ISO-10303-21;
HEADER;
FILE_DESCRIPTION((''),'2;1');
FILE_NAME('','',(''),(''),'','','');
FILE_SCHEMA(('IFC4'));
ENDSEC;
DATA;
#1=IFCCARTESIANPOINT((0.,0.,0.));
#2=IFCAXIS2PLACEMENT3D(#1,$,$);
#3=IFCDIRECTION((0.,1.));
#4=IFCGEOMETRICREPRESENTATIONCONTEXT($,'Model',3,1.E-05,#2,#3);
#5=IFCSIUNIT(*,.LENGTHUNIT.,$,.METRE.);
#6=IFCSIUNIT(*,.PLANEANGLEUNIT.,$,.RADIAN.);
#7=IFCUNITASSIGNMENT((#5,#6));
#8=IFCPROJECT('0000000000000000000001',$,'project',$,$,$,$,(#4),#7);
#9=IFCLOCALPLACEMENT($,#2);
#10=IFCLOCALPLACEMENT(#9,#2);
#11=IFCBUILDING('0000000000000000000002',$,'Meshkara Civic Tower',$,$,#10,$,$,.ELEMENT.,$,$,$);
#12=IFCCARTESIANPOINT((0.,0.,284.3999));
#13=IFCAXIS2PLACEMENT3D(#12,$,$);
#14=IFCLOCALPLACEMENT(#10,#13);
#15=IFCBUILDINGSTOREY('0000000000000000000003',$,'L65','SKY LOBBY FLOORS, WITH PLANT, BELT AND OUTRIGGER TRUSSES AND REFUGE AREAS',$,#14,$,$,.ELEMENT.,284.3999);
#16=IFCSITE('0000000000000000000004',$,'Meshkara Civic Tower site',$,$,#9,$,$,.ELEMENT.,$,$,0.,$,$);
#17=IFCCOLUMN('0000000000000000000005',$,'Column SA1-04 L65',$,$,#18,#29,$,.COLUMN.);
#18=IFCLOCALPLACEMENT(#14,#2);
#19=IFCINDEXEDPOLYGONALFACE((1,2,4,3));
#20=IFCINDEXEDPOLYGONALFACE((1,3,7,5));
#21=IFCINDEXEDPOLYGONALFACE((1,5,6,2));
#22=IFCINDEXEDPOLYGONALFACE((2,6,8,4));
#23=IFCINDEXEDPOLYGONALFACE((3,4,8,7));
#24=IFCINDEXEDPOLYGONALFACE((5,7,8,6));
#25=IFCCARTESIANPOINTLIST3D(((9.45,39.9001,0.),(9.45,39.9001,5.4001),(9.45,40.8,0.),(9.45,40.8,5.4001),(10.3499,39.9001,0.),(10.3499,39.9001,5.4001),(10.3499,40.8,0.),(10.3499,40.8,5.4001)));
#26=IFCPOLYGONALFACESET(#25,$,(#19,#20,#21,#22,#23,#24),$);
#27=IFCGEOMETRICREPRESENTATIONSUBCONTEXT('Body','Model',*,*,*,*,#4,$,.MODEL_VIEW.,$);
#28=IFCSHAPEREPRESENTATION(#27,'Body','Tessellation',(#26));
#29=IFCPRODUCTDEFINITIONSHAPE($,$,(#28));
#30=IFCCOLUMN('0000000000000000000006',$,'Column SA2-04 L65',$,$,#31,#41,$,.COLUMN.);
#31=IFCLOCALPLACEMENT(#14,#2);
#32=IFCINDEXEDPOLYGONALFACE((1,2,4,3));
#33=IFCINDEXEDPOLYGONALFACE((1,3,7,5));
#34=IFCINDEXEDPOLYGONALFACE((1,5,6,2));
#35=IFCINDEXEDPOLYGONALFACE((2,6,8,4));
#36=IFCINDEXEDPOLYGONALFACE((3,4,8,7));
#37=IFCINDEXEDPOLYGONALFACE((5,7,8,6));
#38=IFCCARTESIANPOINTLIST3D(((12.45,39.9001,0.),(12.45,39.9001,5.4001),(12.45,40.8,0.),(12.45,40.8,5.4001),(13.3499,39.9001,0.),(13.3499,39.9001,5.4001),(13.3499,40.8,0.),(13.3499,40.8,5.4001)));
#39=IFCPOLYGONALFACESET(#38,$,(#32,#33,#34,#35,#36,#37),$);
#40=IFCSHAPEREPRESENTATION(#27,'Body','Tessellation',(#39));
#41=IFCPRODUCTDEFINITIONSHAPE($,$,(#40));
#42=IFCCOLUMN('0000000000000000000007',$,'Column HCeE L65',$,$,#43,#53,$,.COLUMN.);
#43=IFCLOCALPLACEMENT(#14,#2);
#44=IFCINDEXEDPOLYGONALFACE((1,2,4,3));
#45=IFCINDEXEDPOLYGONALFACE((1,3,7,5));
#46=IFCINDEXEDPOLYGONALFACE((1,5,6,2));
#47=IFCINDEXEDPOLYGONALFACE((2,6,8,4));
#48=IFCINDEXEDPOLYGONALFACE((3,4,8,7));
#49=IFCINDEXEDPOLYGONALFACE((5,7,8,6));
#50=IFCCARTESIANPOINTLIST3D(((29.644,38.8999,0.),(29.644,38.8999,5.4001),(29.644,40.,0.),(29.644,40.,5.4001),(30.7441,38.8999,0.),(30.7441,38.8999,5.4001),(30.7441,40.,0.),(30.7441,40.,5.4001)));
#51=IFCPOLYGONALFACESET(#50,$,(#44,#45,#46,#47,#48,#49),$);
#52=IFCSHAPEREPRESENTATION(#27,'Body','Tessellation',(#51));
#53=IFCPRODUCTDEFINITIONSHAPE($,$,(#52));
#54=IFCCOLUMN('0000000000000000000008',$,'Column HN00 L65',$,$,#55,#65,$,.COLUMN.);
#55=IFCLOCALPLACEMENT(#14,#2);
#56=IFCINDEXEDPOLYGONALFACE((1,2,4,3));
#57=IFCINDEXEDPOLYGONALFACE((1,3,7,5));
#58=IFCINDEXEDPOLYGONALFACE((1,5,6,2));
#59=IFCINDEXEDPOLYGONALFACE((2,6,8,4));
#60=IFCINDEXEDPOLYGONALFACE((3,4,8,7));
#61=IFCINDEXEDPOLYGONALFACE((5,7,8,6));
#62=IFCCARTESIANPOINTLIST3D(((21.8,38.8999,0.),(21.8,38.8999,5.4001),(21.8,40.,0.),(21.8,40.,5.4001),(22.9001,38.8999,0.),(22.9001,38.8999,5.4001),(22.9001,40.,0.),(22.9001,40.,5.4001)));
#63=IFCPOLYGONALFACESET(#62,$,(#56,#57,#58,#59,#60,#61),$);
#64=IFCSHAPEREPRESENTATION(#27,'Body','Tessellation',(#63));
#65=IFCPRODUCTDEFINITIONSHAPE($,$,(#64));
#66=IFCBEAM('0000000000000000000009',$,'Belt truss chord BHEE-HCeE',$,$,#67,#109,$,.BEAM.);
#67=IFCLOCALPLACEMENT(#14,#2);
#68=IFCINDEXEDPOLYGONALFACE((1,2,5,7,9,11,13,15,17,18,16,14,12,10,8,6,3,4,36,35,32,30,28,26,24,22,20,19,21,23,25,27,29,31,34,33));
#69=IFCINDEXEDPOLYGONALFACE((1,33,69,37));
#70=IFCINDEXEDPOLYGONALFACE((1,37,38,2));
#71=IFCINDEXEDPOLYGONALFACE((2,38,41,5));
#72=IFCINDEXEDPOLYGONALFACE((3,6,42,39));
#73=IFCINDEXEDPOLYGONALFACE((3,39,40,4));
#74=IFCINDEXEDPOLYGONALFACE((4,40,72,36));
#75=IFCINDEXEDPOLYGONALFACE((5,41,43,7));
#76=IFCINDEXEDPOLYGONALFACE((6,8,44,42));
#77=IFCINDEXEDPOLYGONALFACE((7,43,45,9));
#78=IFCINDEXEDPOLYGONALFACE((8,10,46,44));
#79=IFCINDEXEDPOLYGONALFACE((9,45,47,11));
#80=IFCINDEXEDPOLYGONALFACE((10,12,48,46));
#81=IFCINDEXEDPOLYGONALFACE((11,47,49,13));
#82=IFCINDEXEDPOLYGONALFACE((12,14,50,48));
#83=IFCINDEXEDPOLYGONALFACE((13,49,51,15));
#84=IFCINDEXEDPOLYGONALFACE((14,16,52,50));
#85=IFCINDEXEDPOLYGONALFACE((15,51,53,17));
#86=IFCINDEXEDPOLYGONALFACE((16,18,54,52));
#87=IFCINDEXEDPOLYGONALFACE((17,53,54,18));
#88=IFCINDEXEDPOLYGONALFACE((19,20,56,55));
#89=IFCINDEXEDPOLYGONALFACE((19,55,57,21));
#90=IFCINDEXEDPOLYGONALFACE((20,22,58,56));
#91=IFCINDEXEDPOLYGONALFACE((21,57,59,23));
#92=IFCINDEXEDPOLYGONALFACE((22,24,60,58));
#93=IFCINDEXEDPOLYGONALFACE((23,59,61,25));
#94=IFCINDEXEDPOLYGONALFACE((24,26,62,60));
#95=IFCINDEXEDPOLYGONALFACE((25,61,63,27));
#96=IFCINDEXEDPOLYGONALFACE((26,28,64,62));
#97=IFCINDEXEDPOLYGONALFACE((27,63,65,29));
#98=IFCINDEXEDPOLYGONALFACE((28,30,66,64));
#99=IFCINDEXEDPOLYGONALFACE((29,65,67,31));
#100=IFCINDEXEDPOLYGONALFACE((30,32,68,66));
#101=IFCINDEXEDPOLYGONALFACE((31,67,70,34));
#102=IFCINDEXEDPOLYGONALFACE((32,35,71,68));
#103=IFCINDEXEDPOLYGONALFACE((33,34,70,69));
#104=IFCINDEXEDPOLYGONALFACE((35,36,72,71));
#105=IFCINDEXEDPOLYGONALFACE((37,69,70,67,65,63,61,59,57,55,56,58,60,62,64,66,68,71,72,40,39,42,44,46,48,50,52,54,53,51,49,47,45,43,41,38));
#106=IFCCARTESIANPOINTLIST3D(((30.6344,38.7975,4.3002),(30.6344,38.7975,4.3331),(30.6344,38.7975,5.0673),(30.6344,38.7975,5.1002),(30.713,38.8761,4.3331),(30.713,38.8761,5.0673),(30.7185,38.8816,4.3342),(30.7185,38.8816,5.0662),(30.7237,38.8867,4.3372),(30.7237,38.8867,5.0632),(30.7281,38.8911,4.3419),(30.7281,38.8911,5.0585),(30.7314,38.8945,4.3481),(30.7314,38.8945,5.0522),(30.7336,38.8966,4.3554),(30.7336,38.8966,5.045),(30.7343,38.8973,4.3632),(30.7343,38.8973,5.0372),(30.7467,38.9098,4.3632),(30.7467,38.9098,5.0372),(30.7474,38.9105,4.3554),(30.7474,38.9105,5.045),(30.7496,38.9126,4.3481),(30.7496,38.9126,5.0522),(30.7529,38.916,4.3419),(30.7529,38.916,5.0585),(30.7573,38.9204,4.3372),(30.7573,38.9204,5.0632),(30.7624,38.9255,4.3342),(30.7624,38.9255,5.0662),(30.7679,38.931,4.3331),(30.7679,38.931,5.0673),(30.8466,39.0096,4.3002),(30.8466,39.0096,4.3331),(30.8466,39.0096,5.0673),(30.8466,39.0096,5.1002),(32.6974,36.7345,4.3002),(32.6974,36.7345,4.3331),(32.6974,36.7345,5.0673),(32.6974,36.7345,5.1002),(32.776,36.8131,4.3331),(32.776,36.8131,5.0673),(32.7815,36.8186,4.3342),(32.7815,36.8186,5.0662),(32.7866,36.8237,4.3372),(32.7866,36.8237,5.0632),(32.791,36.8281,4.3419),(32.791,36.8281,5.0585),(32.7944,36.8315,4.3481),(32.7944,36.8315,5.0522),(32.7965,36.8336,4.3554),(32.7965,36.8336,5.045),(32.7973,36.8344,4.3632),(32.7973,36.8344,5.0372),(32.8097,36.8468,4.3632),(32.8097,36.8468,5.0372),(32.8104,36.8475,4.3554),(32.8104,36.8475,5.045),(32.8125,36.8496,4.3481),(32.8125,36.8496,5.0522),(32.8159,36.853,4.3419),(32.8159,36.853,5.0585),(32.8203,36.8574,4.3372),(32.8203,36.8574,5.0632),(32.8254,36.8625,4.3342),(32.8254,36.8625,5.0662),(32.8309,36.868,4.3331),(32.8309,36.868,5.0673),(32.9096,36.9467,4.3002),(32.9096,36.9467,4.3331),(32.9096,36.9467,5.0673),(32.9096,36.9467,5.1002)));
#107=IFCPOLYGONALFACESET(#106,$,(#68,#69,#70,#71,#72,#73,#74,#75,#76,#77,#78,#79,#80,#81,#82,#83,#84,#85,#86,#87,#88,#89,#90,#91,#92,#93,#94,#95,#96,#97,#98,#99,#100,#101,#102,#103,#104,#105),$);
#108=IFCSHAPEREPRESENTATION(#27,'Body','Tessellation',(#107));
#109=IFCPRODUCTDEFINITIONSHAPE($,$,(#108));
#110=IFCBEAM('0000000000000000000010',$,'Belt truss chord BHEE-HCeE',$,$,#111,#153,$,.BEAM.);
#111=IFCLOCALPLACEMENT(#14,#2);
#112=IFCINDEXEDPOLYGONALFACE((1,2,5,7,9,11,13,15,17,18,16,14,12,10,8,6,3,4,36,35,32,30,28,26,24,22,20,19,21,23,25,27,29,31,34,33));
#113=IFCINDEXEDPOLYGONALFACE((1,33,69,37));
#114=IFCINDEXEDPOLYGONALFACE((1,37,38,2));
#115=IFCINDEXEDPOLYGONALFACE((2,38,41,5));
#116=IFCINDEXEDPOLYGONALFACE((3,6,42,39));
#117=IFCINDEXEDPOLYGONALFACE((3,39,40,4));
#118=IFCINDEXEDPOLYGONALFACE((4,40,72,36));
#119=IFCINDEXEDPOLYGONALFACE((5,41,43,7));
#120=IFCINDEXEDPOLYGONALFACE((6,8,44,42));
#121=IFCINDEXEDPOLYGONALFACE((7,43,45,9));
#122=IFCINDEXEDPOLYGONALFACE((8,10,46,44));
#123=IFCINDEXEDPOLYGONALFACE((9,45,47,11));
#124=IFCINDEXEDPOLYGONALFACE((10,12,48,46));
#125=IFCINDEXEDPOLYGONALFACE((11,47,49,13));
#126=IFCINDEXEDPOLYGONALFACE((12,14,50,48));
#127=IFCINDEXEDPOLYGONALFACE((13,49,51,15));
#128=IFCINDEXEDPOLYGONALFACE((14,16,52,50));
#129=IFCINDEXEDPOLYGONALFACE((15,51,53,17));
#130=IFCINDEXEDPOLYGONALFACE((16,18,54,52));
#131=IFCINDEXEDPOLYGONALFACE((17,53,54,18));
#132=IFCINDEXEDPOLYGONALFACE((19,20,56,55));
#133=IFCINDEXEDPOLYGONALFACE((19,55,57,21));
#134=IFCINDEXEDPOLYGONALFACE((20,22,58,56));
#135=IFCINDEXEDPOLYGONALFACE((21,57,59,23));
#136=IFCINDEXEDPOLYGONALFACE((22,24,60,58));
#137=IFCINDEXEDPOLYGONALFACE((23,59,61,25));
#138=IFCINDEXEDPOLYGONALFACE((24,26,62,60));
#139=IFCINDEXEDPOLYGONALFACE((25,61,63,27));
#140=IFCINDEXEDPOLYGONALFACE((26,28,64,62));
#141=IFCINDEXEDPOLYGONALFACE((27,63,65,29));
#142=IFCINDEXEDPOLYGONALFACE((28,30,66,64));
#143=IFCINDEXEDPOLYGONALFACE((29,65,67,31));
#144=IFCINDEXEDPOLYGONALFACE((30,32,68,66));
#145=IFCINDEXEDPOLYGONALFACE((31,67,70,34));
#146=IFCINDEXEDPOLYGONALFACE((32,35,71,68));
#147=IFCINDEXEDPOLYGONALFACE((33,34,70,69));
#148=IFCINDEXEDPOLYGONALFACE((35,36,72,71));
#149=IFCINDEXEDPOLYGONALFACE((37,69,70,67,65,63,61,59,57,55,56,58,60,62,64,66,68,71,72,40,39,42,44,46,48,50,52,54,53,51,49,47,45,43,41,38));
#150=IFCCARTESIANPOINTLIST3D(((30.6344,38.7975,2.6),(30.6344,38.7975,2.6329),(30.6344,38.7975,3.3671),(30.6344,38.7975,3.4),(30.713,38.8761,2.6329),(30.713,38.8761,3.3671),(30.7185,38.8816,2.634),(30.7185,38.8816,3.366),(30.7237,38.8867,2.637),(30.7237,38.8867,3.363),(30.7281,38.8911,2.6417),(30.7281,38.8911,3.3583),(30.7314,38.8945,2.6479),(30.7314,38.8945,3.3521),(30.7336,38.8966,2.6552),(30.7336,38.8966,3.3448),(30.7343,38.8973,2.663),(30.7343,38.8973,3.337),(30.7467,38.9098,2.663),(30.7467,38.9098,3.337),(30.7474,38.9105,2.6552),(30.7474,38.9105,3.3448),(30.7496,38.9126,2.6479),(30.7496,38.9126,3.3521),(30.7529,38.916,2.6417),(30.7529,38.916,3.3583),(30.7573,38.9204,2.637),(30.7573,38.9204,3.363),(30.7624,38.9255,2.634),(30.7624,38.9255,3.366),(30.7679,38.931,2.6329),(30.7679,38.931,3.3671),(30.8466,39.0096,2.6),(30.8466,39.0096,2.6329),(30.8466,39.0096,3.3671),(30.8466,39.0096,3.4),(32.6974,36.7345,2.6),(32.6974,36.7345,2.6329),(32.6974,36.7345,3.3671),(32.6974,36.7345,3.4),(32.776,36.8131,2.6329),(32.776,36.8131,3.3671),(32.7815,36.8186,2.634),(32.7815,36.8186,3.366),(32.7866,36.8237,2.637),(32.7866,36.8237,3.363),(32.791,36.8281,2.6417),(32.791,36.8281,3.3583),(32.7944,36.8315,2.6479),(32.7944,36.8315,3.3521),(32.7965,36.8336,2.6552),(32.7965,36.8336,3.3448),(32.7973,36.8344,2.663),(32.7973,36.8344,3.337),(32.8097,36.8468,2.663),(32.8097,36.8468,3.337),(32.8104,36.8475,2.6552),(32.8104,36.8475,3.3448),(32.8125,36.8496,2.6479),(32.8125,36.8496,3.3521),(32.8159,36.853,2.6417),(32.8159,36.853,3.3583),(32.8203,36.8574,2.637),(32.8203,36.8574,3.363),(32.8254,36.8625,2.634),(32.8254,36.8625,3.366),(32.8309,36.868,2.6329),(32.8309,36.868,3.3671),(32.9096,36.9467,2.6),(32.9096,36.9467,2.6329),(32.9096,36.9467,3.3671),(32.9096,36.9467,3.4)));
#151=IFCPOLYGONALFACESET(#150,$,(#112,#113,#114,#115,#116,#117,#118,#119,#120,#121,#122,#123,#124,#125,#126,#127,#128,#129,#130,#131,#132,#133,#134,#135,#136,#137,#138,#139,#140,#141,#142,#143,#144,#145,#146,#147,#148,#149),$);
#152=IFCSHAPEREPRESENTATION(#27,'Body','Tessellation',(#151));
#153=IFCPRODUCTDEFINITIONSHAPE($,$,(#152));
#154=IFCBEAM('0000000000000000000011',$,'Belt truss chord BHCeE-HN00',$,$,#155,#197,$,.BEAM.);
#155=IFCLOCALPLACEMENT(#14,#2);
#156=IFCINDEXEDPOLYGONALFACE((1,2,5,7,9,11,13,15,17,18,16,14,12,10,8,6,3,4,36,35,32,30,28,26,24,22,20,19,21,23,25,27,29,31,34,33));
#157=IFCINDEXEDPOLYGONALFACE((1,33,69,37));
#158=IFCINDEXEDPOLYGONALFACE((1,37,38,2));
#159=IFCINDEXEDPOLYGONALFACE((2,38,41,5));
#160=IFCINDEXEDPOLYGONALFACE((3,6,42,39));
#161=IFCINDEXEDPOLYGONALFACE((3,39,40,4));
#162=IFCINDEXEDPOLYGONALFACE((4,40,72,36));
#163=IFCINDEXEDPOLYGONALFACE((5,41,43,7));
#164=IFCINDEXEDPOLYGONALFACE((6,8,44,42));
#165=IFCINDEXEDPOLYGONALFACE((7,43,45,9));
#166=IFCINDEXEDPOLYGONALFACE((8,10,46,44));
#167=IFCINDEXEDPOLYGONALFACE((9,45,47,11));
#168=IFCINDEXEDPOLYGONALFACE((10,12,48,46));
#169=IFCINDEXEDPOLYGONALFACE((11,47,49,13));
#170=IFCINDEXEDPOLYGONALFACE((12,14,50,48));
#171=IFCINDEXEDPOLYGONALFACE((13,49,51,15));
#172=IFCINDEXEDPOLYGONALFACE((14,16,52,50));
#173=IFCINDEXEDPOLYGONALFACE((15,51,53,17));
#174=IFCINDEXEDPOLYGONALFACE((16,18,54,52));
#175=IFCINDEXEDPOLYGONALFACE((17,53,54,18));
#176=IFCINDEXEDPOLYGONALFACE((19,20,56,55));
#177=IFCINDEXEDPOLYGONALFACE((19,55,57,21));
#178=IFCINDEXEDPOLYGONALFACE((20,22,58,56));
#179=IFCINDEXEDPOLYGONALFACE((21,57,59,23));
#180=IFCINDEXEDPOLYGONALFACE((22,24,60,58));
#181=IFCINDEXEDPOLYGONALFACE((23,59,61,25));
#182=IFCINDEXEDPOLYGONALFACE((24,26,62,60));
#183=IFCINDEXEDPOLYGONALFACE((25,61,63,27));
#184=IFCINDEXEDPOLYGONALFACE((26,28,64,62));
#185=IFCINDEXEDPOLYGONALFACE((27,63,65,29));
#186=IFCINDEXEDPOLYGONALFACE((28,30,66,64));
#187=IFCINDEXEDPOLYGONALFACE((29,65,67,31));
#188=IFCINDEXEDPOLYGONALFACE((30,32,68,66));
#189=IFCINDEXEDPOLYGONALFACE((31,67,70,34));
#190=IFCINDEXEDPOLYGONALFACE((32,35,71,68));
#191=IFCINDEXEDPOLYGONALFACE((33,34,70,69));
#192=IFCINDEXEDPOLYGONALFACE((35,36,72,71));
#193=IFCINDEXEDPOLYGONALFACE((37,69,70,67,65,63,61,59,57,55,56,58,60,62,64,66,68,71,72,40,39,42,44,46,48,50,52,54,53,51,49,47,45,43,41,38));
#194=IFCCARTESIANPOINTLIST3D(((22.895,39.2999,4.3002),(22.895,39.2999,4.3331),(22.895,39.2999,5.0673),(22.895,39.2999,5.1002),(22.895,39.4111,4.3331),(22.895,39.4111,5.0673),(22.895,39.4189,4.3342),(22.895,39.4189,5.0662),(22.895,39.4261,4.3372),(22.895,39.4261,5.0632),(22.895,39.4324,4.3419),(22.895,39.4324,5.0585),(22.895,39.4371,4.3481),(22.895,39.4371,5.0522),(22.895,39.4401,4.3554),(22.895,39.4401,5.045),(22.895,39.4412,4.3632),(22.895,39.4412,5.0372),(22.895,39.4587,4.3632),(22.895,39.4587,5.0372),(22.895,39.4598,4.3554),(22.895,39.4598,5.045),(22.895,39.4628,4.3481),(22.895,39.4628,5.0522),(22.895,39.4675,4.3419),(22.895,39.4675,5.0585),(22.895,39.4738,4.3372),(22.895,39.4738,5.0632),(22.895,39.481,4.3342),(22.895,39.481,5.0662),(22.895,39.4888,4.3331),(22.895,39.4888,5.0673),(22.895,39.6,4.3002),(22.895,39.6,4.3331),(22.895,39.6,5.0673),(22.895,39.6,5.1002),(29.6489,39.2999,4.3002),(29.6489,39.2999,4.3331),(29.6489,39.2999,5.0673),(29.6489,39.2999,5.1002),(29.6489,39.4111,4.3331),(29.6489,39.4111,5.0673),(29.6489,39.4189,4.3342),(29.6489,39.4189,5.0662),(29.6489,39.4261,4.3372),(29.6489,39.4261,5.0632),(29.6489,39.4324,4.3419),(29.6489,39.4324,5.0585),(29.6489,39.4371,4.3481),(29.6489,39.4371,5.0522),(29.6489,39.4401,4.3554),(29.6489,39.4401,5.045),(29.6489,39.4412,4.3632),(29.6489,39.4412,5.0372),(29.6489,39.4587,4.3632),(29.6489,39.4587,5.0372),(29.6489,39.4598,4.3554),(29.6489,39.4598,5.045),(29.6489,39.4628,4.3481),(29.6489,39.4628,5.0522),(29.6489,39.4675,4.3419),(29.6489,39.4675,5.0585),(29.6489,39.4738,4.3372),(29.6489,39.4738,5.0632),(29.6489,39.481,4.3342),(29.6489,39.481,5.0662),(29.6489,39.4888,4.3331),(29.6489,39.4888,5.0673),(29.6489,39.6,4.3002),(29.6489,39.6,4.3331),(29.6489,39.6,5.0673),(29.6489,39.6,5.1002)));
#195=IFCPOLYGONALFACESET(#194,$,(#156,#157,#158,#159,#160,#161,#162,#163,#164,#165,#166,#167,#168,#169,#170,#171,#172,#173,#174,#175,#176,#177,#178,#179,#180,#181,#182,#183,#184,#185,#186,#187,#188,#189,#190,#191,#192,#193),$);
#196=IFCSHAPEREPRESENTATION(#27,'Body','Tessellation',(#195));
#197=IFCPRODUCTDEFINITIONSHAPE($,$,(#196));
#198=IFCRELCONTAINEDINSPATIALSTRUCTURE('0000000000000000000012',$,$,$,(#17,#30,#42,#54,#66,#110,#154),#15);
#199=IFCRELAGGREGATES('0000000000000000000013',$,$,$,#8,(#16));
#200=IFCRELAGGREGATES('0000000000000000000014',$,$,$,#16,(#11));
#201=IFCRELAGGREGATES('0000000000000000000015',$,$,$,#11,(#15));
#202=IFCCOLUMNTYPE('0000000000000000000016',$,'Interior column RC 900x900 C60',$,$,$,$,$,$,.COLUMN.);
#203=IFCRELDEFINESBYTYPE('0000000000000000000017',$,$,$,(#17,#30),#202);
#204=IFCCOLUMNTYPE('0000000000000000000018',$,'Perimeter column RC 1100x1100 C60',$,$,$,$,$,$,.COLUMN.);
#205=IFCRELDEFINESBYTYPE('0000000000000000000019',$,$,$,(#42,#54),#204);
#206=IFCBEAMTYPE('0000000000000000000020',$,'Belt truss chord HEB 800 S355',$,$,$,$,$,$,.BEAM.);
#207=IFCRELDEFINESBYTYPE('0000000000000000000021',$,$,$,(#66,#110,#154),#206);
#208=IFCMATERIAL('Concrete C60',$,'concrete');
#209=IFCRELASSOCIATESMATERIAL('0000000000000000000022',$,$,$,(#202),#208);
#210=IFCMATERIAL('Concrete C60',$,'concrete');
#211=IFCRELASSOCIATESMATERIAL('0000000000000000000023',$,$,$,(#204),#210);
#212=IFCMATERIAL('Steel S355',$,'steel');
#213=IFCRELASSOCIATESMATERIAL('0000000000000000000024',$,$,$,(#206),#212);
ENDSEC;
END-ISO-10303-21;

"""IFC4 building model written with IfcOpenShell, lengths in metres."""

from ifc_helpers import new_model, si_unit, direction, frame, origin, origin_2d, place, context, subcontext, project, spatial, rectangle, i_section, extrude, material, material_profile, profile_set, type_object, element, save


model = new_model("IFC4")

# Units and contexts
model_context = context("Model", 3, precision=1e-05, world=origin(), true_north=direction((0.0, 1.0)))
body_context = subcontext(model_context, "Body", "Model", "MODEL_VIEW")
ifc_project = project(units=[si_unit("LENGTHUNIT", "METRE"), si_unit("PLANEANGLEUNIT", "RADIAN")], contexts=[model_context])

# Site, building, storey
site_placement = place(None, origin())
site = spatial("IfcSite", under=ifc_project, at=site_placement, Name="Meshkara Civic Tower site", CompositionType="ELEMENT", RefElevation=0.0)
building_placement = place(site_placement, origin())
building = spatial("IfcBuilding", under=site, at=building_placement, Name="Meshkara Civic Tower", CompositionType="ELEMENT")
storey_placement = place(building_placement, frame((0.0, 0.0, 284.3999)))
storey = spatial("IfcBuildingStorey", under=building, at=storey_placement, Name="L65", Description="SKY LOBBY FLOORS, WITH PLANT, BELT AND OUTRIGGER TRUSSES AND REFUGE AREAS", CompositionType="ELEMENT", Elevation=284.3999)

# Columns
ifc_material_1 = material(Name="Concrete C60", Category="concrete")
ifc_material_profile_1 = material_profile(ifc_material_1, rectangle(XDim=0.8999, YDim=0.8999, at=origin_2d()))
ifc_profile_set_1 = profile_set([ifc_material_profile_1], Name="Concrete C60")
column_type_1 = type_object("IfcColumnType", Name="Interior column RC 900x900 C60", PredefinedType="COLUMN", material=ifc_profile_set_1)
for number, where, z_axis, x_axis, name in (
    (1, (9.8999, 40.3501, 0.0), (0.0, 0.0, 1.0), (1.0, 0.0, 0.0), "Column SA1-04 L65"),
    (2, (12.8999, 40.3501, 0.0), (0.0, 0.0, 1.0), (1.0, 0.0, 0.0), "Column SA2-04 L65"),
):
    element("IfcColumn", number, at=place(storey_placement, frame(where, z_axis=z_axis, x_axis=x_axis)), inside=storey, type_object=column_type_1, Name=name, PredefinedType="COLUMN", context=body_context, shape_type="SweptSolid", body=[
        extrude(rectangle(XDim=0.8999, YDim=0.8999, at=origin_2d()), origin(), (0.0, 0.0, 1.0), 5.4001),
    ])
ifc_material_2 = material(Name="Concrete C60", Category="concrete")
ifc_material_profile_2 = material_profile(ifc_material_2, rectangle(XDim=1.1001, YDim=1.1001, at=origin_2d()))
ifc_profile_set_2 = profile_set([ifc_material_profile_2], Name="Concrete C60")
column_type_2 = type_object("IfcColumnType", Name="Perimeter column RC 1100x1100 C60", PredefinedType="COLUMN", material=ifc_profile_set_2)
for number, where, z_axis, x_axis, name in (
    (3, (30.1941, 39.45, 0.0), (0.0, 0.0, 1.0), (1.0, 0.0, 0.0), "Column HCeE L65"),
    (4, (22.3501, 39.45, 0.0), (0.0, 0.0, 1.0), (1.0, 0.0, 0.0), "Column HN00 L65"),
):
    element("IfcColumn", number, at=place(storey_placement, frame(where, z_axis=z_axis, x_axis=x_axis)), inside=storey, type_object=column_type_2, Name=name, PredefinedType="COLUMN", context=body_context, shape_type="SweptSolid", body=[
        extrude(rectangle(XDim=1.1001, YDim=1.1001, at=origin_2d()), origin(), (0.0, 0.0, 1.0), 5.4001),
    ])

# Beams
ifc_material_3 = material(Name="Steel S355", Category="steel")
ifc_material_profile_3 = material_profile(ifc_material_3, i_section(OverallWidth=0.3, OverallDepth=0.8, WebThickness=0.0176, FlangeThickness=0.033, FilletRadius=0.03, at=origin_2d()))
ifc_profile_set_3 = profile_set([ifc_material_profile_3], Name="Steel S355")
beam_type_1 = type_object("IfcBeamType", Name="Belt truss chord HEB 800 S355", PredefinedType="BEAM", material=ifc_profile_set_3)
for number, where, z_axis, x_axis, name in (
    (5, (32.8035, 36.8406, 4.7002), (-0.707107, 0.707107, 0.0), (-0.707107, -0.707107, 0.0), "Belt truss chord BHEE-HCeE"),
    (6, (32.8035, 36.8406, 3.0), (-0.707107, 0.707107, 0.0), (-0.707107, -0.707107, 0.0), "Belt truss chord BHEE-HCeE"),
):
    element("IfcBeam", number, at=place(storey_placement, frame(where, z_axis=z_axis, x_axis=x_axis)), inside=storey, type_object=beam_type_1, Name=name, PredefinedType="BEAM", context=body_context, shape_type="SweptSolid", body=[
        extrude(i_section(OverallWidth=0.3, OverallDepth=0.8, WebThickness=0.0176, FlangeThickness=0.033, FilletRadius=0.03, at=origin_2d()), origin(), (0.0, 0.0, 1.0), 2.9175),
    ])
for number, where, z_axis, x_axis, name in (
    (7, (29.6489, 39.45, 4.7002), (-1.0, 0.0, 0.0), (0.0, -1.0, 0.0), "Belt truss chord BHCeE-HN00"),
):
    element("IfcBeam", number, at=place(storey_placement, frame(where, z_axis=z_axis, x_axis=x_axis)), inside=storey, type_object=beam_type_1, Name=name, PredefinedType="BEAM", context=body_context, shape_type="SweptSolid", body=[
        extrude(i_section(OverallWidth=0.3, OverallDepth=0.8, WebThickness=0.0176, FlangeThickness=0.033, FilletRadius=0.03, at=origin_2d()), origin(), (0.0, 0.0, 1.0), 6.7539),
    ])

save(model, "model.ifc")
